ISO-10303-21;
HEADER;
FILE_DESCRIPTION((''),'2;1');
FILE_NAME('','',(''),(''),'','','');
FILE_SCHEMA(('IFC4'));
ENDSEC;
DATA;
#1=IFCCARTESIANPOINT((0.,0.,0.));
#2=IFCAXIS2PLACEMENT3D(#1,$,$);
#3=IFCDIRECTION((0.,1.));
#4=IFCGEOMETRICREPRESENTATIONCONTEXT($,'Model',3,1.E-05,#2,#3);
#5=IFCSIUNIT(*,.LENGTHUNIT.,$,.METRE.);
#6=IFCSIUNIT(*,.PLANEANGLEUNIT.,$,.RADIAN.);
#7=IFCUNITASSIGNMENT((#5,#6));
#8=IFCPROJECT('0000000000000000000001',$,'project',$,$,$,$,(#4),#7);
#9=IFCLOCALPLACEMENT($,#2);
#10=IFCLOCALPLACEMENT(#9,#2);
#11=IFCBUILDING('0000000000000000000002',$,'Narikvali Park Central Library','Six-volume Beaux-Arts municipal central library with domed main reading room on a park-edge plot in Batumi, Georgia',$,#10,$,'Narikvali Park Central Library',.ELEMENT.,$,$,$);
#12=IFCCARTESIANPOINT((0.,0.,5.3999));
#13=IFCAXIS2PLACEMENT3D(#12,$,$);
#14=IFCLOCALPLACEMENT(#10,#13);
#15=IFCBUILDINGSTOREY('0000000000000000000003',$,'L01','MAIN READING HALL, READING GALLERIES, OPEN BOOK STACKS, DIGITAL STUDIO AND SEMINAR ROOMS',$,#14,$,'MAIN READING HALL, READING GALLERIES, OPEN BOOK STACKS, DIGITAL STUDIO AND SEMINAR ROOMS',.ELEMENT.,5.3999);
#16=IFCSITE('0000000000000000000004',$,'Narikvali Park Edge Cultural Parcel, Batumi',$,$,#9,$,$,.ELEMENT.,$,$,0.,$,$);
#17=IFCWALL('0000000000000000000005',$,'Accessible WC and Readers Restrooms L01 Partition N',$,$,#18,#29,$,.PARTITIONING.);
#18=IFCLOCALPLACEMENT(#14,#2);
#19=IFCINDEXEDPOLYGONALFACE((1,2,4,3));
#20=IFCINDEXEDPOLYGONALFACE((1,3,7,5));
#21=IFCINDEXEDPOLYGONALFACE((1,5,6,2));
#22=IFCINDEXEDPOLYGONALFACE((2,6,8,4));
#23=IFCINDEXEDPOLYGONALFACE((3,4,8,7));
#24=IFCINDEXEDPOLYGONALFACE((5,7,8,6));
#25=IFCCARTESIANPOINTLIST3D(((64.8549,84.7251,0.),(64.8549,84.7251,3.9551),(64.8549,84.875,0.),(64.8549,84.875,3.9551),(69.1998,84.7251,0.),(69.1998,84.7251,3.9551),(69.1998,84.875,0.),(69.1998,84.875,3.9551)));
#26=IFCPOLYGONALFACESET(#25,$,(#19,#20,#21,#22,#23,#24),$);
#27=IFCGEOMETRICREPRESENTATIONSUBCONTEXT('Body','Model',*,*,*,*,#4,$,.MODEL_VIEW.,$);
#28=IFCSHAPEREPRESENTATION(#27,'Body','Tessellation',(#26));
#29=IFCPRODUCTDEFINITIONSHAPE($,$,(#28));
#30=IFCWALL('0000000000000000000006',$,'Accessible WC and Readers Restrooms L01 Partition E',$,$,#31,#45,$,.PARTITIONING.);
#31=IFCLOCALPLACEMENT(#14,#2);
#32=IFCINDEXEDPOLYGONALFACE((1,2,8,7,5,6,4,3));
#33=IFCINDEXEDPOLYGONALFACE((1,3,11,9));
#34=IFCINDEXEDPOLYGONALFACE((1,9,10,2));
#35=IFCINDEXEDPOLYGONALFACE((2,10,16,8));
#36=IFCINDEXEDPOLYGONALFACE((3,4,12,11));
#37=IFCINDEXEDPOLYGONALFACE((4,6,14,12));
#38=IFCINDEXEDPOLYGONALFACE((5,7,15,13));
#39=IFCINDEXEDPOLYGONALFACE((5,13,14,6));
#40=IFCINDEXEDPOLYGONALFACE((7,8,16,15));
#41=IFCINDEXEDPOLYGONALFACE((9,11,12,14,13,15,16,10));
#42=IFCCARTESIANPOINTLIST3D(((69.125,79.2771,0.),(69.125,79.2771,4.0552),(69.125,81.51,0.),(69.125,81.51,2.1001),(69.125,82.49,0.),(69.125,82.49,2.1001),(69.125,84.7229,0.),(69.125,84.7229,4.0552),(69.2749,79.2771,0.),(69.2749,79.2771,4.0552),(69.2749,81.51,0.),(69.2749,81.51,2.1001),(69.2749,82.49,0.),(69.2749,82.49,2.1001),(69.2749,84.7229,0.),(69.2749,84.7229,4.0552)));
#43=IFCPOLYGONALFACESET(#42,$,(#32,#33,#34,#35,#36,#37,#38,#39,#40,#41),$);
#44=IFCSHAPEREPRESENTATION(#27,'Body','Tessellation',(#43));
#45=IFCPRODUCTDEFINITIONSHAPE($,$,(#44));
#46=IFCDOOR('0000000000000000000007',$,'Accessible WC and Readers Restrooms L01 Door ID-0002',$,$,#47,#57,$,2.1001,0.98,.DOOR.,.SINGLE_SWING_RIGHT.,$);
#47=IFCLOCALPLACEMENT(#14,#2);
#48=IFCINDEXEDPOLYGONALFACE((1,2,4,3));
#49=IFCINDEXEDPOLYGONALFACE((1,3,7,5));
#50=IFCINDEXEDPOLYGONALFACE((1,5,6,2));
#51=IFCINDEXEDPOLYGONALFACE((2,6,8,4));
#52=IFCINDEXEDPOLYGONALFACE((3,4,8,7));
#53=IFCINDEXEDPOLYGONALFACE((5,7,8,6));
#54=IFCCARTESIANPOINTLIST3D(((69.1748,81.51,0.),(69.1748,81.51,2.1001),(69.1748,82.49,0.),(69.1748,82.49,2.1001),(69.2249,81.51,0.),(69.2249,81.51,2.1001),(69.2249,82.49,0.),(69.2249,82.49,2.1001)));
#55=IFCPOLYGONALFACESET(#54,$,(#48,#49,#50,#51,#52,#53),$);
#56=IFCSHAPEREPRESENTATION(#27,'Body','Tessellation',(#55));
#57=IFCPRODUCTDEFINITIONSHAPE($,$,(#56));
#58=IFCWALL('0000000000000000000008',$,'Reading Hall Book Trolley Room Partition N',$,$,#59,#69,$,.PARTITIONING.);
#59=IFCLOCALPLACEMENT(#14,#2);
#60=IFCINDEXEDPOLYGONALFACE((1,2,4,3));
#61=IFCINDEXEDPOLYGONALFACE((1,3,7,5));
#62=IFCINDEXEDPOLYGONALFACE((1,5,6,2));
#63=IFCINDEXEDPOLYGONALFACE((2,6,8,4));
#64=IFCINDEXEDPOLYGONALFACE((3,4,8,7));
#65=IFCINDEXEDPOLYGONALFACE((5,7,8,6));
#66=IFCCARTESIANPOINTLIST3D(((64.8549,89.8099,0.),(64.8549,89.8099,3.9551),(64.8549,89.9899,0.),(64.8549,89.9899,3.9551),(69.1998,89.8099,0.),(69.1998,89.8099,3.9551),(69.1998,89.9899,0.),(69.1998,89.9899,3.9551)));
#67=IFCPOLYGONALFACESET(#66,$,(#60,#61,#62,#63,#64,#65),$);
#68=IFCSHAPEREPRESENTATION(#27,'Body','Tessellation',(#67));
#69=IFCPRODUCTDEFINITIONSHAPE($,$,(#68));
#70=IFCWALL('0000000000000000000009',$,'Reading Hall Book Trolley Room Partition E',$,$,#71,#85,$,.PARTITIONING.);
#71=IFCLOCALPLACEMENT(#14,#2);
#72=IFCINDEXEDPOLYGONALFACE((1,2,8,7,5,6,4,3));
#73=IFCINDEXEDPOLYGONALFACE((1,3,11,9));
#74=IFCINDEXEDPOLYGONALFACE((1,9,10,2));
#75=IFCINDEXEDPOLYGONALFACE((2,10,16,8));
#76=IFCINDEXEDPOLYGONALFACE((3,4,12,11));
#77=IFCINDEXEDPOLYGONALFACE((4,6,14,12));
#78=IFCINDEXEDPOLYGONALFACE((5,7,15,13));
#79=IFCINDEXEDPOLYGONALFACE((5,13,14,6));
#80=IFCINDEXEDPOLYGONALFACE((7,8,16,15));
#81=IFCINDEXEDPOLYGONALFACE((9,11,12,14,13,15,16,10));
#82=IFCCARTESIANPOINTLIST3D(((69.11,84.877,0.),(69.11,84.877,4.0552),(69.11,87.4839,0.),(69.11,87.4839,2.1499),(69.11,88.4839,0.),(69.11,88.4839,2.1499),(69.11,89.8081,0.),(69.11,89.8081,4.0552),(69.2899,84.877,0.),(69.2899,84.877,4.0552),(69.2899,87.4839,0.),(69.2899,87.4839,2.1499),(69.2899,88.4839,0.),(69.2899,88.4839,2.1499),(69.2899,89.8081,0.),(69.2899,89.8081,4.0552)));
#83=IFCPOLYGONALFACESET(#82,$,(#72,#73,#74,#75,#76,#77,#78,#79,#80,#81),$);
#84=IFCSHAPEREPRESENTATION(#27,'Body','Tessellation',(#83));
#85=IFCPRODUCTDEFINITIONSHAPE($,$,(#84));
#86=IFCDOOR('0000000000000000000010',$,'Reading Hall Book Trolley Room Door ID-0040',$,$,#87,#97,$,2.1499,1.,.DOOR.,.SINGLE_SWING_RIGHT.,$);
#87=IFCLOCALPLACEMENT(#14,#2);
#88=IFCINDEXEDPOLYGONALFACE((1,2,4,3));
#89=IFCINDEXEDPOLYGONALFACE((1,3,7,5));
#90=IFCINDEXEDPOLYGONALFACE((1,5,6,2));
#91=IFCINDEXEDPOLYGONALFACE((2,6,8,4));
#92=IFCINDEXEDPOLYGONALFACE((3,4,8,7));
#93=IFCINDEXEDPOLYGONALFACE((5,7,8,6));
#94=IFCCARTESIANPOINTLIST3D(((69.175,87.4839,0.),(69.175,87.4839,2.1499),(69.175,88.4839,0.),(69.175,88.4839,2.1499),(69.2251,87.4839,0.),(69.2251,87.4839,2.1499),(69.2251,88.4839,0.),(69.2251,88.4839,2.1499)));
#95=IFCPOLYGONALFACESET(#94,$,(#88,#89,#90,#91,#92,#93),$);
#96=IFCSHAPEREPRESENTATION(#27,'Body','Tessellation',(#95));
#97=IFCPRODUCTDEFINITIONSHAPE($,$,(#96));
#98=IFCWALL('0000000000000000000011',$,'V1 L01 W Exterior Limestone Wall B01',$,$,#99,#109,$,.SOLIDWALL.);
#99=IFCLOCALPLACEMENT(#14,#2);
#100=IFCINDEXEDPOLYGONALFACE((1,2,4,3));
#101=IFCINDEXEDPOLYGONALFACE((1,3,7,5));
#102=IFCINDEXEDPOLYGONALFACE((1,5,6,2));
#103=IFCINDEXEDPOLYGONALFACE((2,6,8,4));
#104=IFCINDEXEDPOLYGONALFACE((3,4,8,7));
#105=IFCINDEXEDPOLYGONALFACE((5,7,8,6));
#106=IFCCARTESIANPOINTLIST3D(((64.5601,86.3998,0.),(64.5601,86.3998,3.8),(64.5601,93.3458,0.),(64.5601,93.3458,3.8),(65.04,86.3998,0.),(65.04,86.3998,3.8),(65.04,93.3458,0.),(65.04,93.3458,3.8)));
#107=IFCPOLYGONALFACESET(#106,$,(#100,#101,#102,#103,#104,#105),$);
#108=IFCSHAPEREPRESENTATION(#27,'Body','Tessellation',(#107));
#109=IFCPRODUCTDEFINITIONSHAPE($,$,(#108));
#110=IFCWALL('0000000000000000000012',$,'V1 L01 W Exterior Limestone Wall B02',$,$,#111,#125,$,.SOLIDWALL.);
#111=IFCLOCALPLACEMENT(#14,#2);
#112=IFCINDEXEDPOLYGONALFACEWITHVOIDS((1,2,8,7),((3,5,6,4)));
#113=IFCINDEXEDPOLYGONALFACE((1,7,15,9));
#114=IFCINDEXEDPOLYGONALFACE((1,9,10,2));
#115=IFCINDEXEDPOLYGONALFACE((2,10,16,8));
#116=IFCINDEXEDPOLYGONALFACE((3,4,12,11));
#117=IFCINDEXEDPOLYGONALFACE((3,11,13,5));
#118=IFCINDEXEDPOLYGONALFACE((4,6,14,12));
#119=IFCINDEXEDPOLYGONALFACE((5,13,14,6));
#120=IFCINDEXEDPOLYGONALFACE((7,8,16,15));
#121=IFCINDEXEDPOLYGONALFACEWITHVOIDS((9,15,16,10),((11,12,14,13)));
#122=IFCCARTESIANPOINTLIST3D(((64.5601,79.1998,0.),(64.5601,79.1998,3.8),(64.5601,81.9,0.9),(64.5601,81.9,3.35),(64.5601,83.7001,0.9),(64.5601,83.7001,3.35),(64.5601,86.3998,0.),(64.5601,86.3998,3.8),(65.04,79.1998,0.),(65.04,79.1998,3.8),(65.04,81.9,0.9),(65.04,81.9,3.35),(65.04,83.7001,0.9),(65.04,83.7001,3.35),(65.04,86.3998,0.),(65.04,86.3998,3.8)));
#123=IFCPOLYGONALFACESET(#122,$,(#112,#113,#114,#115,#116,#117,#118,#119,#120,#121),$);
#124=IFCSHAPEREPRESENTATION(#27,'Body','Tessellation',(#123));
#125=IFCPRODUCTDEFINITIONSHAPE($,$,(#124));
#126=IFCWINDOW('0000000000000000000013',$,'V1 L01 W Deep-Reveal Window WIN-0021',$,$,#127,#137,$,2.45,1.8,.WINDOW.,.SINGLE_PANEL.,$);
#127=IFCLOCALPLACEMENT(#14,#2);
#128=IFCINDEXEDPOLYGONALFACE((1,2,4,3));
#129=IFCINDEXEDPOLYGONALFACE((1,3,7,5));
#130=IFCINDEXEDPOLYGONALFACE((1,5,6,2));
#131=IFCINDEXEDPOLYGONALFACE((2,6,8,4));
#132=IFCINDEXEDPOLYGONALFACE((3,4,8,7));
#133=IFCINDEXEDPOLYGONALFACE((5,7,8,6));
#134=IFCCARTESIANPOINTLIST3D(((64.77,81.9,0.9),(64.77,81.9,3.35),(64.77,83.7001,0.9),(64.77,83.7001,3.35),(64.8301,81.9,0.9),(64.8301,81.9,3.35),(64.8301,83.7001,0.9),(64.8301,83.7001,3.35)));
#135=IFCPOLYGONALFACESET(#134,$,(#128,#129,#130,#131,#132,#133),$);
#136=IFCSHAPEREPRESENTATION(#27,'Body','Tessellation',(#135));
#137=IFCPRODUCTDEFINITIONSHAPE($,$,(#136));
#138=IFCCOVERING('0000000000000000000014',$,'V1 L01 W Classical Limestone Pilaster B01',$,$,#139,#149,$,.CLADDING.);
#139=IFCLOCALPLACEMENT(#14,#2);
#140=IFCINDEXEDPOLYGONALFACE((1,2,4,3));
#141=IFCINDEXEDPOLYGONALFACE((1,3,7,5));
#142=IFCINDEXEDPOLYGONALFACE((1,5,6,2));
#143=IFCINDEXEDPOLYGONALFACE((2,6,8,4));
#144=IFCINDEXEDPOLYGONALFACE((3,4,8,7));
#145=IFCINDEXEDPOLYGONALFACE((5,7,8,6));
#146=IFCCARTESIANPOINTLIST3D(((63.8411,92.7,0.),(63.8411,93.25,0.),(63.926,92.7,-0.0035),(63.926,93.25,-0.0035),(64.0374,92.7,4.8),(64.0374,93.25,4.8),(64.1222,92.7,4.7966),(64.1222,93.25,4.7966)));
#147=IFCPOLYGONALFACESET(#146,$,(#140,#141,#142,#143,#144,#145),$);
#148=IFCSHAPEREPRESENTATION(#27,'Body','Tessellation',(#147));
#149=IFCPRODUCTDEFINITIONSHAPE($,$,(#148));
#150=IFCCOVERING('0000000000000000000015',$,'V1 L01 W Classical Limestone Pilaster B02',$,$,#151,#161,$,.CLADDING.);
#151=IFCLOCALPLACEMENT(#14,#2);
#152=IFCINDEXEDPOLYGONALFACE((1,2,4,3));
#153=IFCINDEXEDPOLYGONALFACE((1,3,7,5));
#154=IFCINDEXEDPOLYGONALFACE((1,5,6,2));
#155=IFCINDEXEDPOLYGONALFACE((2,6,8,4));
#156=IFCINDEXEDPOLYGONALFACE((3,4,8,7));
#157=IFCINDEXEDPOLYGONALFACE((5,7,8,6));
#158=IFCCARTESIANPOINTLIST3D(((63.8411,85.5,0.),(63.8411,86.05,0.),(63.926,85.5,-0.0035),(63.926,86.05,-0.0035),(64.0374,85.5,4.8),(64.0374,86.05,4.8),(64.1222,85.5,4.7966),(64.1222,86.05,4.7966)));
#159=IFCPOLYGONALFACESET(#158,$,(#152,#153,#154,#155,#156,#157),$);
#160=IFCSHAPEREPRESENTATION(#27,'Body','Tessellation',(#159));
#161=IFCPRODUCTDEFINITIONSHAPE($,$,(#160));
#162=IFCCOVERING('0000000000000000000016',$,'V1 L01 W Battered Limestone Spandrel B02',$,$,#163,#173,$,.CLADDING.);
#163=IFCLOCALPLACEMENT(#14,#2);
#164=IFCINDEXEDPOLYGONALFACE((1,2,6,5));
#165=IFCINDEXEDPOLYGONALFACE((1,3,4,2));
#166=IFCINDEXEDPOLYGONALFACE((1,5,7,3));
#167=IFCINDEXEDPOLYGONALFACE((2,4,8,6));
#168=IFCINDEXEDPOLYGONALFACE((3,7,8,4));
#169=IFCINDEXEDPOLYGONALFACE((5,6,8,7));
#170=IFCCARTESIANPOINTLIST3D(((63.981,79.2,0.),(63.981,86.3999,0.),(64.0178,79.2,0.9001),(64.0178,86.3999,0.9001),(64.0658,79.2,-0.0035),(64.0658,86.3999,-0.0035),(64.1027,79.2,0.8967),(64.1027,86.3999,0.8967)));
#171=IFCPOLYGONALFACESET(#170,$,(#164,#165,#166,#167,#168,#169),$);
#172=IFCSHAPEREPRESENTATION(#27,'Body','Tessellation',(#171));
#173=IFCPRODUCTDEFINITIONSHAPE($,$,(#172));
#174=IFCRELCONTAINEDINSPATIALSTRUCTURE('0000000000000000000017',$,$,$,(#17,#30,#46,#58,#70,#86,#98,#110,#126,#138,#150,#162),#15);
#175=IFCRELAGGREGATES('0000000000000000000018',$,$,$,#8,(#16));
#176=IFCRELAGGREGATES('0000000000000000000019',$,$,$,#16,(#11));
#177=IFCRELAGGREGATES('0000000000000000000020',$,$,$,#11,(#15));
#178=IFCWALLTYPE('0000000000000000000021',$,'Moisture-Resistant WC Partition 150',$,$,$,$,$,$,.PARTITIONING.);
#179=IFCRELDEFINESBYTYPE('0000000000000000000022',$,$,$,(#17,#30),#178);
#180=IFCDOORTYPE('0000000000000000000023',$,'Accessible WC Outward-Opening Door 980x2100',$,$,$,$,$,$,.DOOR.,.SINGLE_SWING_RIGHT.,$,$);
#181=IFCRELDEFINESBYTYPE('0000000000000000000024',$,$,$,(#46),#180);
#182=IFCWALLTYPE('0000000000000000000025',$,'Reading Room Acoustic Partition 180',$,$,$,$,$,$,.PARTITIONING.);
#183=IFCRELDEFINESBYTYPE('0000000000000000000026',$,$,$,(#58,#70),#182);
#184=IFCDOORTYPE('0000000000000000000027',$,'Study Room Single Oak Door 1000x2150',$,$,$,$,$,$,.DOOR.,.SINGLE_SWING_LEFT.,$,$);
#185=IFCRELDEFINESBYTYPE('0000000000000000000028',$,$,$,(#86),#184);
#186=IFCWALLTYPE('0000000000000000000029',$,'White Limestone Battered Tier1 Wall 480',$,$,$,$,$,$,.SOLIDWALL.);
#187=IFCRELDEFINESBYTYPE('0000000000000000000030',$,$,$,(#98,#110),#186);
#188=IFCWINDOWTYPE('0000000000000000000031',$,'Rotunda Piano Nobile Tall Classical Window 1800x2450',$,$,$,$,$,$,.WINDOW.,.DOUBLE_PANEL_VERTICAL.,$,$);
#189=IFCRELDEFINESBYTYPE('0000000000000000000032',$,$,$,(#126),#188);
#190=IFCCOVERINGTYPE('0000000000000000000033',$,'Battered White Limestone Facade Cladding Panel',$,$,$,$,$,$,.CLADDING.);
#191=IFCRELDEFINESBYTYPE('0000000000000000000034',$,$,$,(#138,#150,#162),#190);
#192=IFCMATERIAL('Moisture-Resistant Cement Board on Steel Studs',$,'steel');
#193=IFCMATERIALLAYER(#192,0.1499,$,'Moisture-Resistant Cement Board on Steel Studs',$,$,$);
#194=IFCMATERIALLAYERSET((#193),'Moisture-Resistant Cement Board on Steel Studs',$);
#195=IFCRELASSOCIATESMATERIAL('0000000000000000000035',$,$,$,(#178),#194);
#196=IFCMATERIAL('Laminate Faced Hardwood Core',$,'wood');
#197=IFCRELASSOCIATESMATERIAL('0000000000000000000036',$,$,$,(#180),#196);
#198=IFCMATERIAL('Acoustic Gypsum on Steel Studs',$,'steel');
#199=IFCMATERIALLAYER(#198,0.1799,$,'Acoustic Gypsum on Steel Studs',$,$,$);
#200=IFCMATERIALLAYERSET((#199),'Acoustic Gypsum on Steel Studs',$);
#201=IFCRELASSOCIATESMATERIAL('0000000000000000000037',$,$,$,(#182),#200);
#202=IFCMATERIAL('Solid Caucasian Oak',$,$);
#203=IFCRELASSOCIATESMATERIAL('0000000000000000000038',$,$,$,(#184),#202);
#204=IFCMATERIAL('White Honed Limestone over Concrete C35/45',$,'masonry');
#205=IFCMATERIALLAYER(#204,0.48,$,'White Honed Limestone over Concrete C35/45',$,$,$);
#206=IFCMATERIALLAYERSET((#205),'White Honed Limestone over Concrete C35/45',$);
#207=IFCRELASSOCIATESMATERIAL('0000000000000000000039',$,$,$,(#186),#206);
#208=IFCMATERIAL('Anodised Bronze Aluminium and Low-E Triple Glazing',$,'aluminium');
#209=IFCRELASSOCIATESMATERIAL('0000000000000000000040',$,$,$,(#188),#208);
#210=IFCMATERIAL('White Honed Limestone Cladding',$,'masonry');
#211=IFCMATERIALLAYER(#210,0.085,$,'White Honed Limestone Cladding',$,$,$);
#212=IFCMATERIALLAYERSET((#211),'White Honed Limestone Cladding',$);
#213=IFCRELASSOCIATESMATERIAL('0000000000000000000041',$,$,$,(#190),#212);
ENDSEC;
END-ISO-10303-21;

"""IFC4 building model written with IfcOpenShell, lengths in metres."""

from ifc_helpers import new_model, si_unit, direction, frame, frame_2d, origin, place, context, subcontext, project, spatial, polyline, rectangle, outline, extrude, material, layer, layer_set, type_object, element, fill, save


model = new_model("IFC4")

# Units and contexts
model_context = context("Model", 3, precision=1e-05, world=origin(), true_north=direction((0.0, 1.0)))
body_context = subcontext(model_context, "Body", "Model", "MODEL_VIEW")
ifc_project = project(units=[si_unit("LENGTHUNIT", "METRE"), si_unit("PLANEANGLEUNIT", "RADIAN")], contexts=[model_context])

# Site, building, storey
site_placement = place(None, origin())
site = spatial("IfcSite", under=ifc_project, at=site_placement, Name="Narikvali Park Edge Cultural Parcel, Batumi", CompositionType="ELEMENT", RefElevation=0.0)
building_placement = place(site_placement, origin())
building = spatial("IfcBuilding", under=site, at=building_placement, Name="Narikvali Park Central Library", Description="Six-volume Beaux-Arts municipal central library with domed main reading room on a park-edge plot in Batumi, Georgia", LongName="Narikvali Park Central Library", CompositionType="ELEMENT")
storey_placement = place(building_placement, frame((0.0, 0.0, 5.3999)))
storey = spatial("IfcBuildingStorey", under=building, at=storey_placement, Name="L01", Description="MAIN READING HALL, READING GALLERIES, OPEN BOOK STACKS, DIGITAL STUDIO AND SEMINAR ROOMS", LongName="MAIN READING HALL, READING GALLERIES, OPEN BOOK STACKS, DIGITAL STUDIO AND SEMINAR ROOMS", CompositionType="ELEMENT", Elevation=5.3999)

# Wall
ifc_material_1 = material(Name="Moisture-Resistant Cement Board on Steel Studs", Category="steel")
ifc_layer_1 = layer(ifc_material_1, 0.1499, Name="Moisture-Resistant Cement Board on Steel Studs")
ifc_layer_set_1 = layer_set([ifc_layer_1], Name="Moisture-Resistant Cement Board on Steel Studs")
wall_type_1 = type_object("IfcWallType", Name="Moisture-Resistant WC Partition 150", PredefinedType="PARTITIONING", material=ifc_layer_set_1)
wall_1_placement = place(storey_placement, frame((64.855, 84.8, 0.0), z_axis=(0.0, 0.0, 1.0), x_axis=(1.0, 0.0, 0.0)))
element("IfcWall", 1, at=wall_1_placement, inside=storey, type_object=wall_type_1, Name="Accessible WC and Readers Restrooms L01 Partition N", PredefinedType="PARTITIONING", context=body_context, shape_type="SweptSolid", body=[
    extrude(rectangle(XDim=4.345, YDim=0.1499, at=frame_2d((2.1724, 0.0))), origin(), (0.0, 0.0, 1.0), 3.9551),
])

# Wall, opening, door
wall_2_placement = place(storey_placement, frame((69.2, 79.2771, 0.0), z_axis=(0.0, 0.0, 1.0), x_axis=(0.0, 1.0, 0.0)))
wall_2 = element("IfcWall", 2, at=wall_2_placement, inside=storey, type_object=wall_type_1, Name="Accessible WC and Readers Restrooms L01 Partition E", PredefinedType="PARTITIONING", context=body_context, shape_type="SweptSolid", body=[
    extrude(rectangle(XDim=5.4458, YDim=0.1499, at=frame_2d((2.7229, 0.0))), origin(), (0.0, 0.0, 1.0), 4.0552),
])
opening_1_placement = place(wall_2_placement, frame((2.2329, 0.0, 0.0)))
opening_1 = element("IfcOpeningElement", 3, at=opening_1_placement, cuts=wall_2, PredefinedType="OPENING", context=body_context, shape_type="SweptSolid", body=[
    extrude(rectangle(XDim=0.98, YDim=2.1001, at=frame_2d((0.49, 1.05))), frame((0.0, 0.0869, 0.0), z_axis=(0.0, -1.0, 0.0), x_axis=(1.0, 0.0, 0.0)), (0.0, 0.0, 1.0), 0.1738),
])
ifc_material_2 = material(Name="Laminate Faced Hardwood Core", Category="wood")
door_type_1 = type_object("IfcDoorType", Name="Accessible WC Outward-Opening Door 980x2100", OperationType="SINGLE_SWING_RIGHT", PredefinedType="DOOR", material=ifc_material_2)
door_1_placement = place(opening_1_placement, frame((0.98, 0.0, 0.0), z_axis=(0.0, 0.0, 1.0), x_axis=(-1.0, 0.0, 0.0)))
door_1 = element("IfcDoor", 4, at=door_1_placement, inside=storey, type_object=door_type_1, Name="Accessible WC and Readers Restrooms L01 Door ID-0002", OperationType="SINGLE_SWING_RIGHT", OverallHeight=2.1001, OverallWidth=0.98, PredefinedType="DOOR", context=body_context, shape_type="SweptSolid", body=[
    extrude(rectangle(XDim=0.98, YDim=2.1001, at=frame_2d((0.49, 1.05))), frame((0.0, 0.0249, 0.0), z_axis=(0.0, -1.0, 0.0), x_axis=(1.0, 0.0, 0.0)), (0.0, 0.0, 1.0), 0.05),
])
fill(opening_1, door_1)

# Wall
ifc_material_3 = material(Name="Acoustic Gypsum on Steel Studs", Category="steel")
ifc_layer_2 = layer(ifc_material_3, 0.1799, Name="Acoustic Gypsum on Steel Studs")
ifc_layer_set_2 = layer_set([ifc_layer_2], Name="Acoustic Gypsum on Steel Studs")
wall_type_2 = type_object("IfcWallType", Name="Reading Room Acoustic Partition 180", PredefinedType="PARTITIONING", material=ifc_layer_set_2)
wall_3_placement = place(storey_placement, frame((64.855, 89.8999, 0.0), z_axis=(0.0, 0.0, 1.0), x_axis=(1.0, 0.0, 0.0)))
element("IfcWall", 5, at=wall_3_placement, inside=storey, type_object=wall_type_2, Name="Reading Hall Book Trolley Room Partition N", PredefinedType="PARTITIONING", context=body_context, shape_type="SweptSolid", body=[
    extrude(rectangle(XDim=4.345, YDim=0.1799, at=frame_2d((2.1724, 0.0))), origin(), (0.0, 0.0, 1.0), 3.9551),
])

# Wall, opening, door
wall_4_placement = place(storey_placement, frame((69.2, 84.877, 0.0), z_axis=(0.0, 0.0, 1.0), x_axis=(0.0, 1.0, 0.0)))
wall_4 = element("IfcWall", 6, at=wall_4_placement, inside=storey, type_object=wall_type_2, Name="Reading Hall Book Trolley Room Partition E", PredefinedType="PARTITIONING", context=body_context, shape_type="SweptSolid", body=[
    extrude(rectangle(XDim=4.9312, YDim=0.1799, at=frame_2d((2.4656, 0.0))), origin(), (0.0, 0.0, 1.0), 4.0552),
])
opening_2_placement = place(wall_4_placement, frame((2.6069, 0.0, 0.0)))
opening_2 = element("IfcOpeningElement", 7, at=opening_2_placement, cuts=wall_4, PredefinedType="OPENING", context=body_context, shape_type="SweptSolid", body=[
    extrude(rectangle(XDim=1.0, YDim=2.1499, at=frame_2d((0.5, 1.075))), frame((0.0, 0.1021, 0.0), z_axis=(0.0, -1.0, 0.0), x_axis=(1.0, 0.0, 0.0)), (0.0, 0.0, 1.0), 0.2039),
])
ifc_material_4 = material(Name="Solid Caucasian Oak")
door_type_2 = type_object("IfcDoorType", Name="Study Room Single Oak Door 1000x2150", OperationType="SINGLE_SWING_LEFT", PredefinedType="DOOR", material=ifc_material_4)
door_2_placement = place(opening_2_placement, origin())
door_2 = element("IfcDoor", 8, at=door_2_placement, inside=storey, type_object=door_type_2, Name="Reading Hall Book Trolley Room Door ID-0040", OperationType="SINGLE_SWING_RIGHT", OverallHeight=2.1499, OverallWidth=1.0, PredefinedType="DOOR", context=body_context, shape_type="SweptSolid", body=[
    extrude(rectangle(XDim=1.0, YDim=2.1499, at=frame_2d((0.5, 1.075))), frame((0.0, 0.0249, 0.0), z_axis=(0.0, -1.0, 0.0), x_axis=(1.0, 0.0, 0.0)), (0.0, 0.0, 1.0), 0.05),
])
fill(opening_2, door_2)

# Wall
ifc_material_5 = material(Name="White Honed Limestone over Concrete C35/45", Category="masonry")
ifc_layer_3 = layer(ifc_material_5, 0.48, Name="White Honed Limestone over Concrete C35/45")
ifc_layer_set_3 = layer_set([ifc_layer_3], Name="White Honed Limestone over Concrete C35/45")
wall_type_3 = type_object("IfcWallType", Name="White Limestone Battered Tier1 Wall 480", PredefinedType="SOLIDWALL", material=ifc_layer_set_3)
wall_5_placement = place(storey_placement, frame((64.8, 93.3459, 0.0), z_axis=(0.0, 0.0, 1.0), x_axis=(0.0, -1.0, 0.0)))
element("IfcWall", 9, at=wall_5_placement, inside=storey, type_object=wall_type_3, Name="V1 L01 W Exterior Limestone Wall B01", PredefinedType="SOLIDWALL", context=body_context, shape_type="SweptSolid", body=[
    extrude(rectangle(XDim=6.946, YDim=0.48, at=frame_2d((3.4731, 0.0))), origin(), (0.0, 0.0, 1.0), 3.8),
])

# Wall, opening, window
wall_6_placement = place(storey_placement, frame((64.8, 86.3999, 0.0), z_axis=(0.0, 0.0, 1.0), x_axis=(0.0, -1.0, 0.0)))
wall_6 = element("IfcWall", 10, at=wall_6_placement, inside=storey, type_object=wall_type_3, Name="V1 L01 W Exterior Limestone Wall B02", PredefinedType="SOLIDWALL", context=body_context, shape_type="SweptSolid", body=[
    extrude(rectangle(XDim=7.2, YDim=0.48, at=frame_2d((3.6001, 0.0))), origin(), (0.0, 0.0, 1.0), 3.8),
])
opening_3_placement = place(wall_6_placement, frame((2.7, 0.0, 0.8999)))
opening_3 = element("IfcOpeningElement", 11, at=opening_3_placement, cuts=wall_6, PredefinedType="OPENING", context=body_context, shape_type="SweptSolid", body=[
    extrude(rectangle(XDim=1.8, YDim=2.45, at=frame_2d((0.8999, 1.2251))), frame((0.0, 0.252, 0.0), z_axis=(0.0, -1.0, 0.0), x_axis=(1.0, 0.0, 0.0)), (0.0, 0.0, 1.0), 0.5039),
])
ifc_material_6 = material(Name="Anodised Bronze Aluminium and Low-E Triple Glazing", Category="aluminium")
window_type = type_object("IfcWindowType", Name="Rotunda Piano Nobile Tall Classical Window 1800x2450", PartitioningType="DOUBLE_PANEL_VERTICAL", PredefinedType="WINDOW", material=ifc_material_6)
window_placement = place(opening_3_placement, origin())
window = element("IfcWindow", 12, at=window_placement, inside=storey, type_object=window_type, Name="V1 L01 W Deep-Reveal Window WIN-0021", OverallHeight=2.45, OverallWidth=1.8, PartitioningType="SINGLE_PANEL", PredefinedType="WINDOW", context=body_context, shape_type="SweptSolid", body=[
    extrude(rectangle(XDim=1.8, YDim=2.45, at=frame_2d((0.8999, 1.2251))), frame((0.0, 0.03, 0.0), z_axis=(0.0, -1.0, 0.0), x_axis=(1.0, 0.0, 0.0)), (0.0, 0.0, 1.0), 0.0601),
])
fill(opening_3, window)

# Coverings
ifc_material_7 = material(Name="White Honed Limestone Cladding", Category="masonry")
ifc_layer_4 = layer(ifc_material_7, 0.085, Name="White Honed Limestone Cladding")
ifc_layer_set_4 = layer_set([ifc_layer_4], Name="White Honed Limestone Cladding")
covering_type = type_object("IfcCoveringType", Name="Battered White Limestone Facade Cladding Panel", PredefinedType="CLADDING", material=ifc_layer_set_4)
for number, where, z_axis, x_axis, name in (
    (13, (63.8411, 93.25, 0.0), (-0.999165, 0.0, 0.040859), (0.0, -1.0, 0.0), "V1 L01 W Classical Limestone Pilaster B01"),
    (14, (63.8411, 86.05, 0.0), (-0.999165, 0.0, 0.040859), (0.0, -1.0, 0.0), "V1 L01 W Classical Limestone Pilaster B02"),
):
    element("IfcCovering", number, at=place(storey_placement, frame(where, z_axis=z_axis, x_axis=x_axis)), inside=storey, type_object=covering_type, Name=name, PredefinedType="CLADDING", context=body_context, shape_type="SweptSolid", body=[
        extrude(outline(polyline([(0.0, 0.0), (0.55, 0.0), (0.55, 4.8041), (0.0, 4.8041), (0.0, 0.0)])), origin(), (0.0, 0.0, -1.0), 0.085),
    ])
covering_1_placement = place(storey_placement, frame((63.981, 86.3999, 0.0), z_axis=(-0.999162, 0.0, 0.04092), x_axis=(0.0, -1.0, 0.0)))
element("IfcCovering", 15, at=covering_1_placement, inside=storey, type_object=covering_type, Name="V1 L01 W Battered Limestone Spandrel B02", PredefinedType="CLADDING", context=body_context, shape_type="SweptSolid", body=[
    extrude(outline(polyline([(0.0, 0.0), (7.2, 0.0), (7.2, 0.9009), (0.0, 0.9009), (0.0, 0.0)])), origin(), (0.0, 0.0, -1.0), 0.085),
])

save(model, "model.ifc")
